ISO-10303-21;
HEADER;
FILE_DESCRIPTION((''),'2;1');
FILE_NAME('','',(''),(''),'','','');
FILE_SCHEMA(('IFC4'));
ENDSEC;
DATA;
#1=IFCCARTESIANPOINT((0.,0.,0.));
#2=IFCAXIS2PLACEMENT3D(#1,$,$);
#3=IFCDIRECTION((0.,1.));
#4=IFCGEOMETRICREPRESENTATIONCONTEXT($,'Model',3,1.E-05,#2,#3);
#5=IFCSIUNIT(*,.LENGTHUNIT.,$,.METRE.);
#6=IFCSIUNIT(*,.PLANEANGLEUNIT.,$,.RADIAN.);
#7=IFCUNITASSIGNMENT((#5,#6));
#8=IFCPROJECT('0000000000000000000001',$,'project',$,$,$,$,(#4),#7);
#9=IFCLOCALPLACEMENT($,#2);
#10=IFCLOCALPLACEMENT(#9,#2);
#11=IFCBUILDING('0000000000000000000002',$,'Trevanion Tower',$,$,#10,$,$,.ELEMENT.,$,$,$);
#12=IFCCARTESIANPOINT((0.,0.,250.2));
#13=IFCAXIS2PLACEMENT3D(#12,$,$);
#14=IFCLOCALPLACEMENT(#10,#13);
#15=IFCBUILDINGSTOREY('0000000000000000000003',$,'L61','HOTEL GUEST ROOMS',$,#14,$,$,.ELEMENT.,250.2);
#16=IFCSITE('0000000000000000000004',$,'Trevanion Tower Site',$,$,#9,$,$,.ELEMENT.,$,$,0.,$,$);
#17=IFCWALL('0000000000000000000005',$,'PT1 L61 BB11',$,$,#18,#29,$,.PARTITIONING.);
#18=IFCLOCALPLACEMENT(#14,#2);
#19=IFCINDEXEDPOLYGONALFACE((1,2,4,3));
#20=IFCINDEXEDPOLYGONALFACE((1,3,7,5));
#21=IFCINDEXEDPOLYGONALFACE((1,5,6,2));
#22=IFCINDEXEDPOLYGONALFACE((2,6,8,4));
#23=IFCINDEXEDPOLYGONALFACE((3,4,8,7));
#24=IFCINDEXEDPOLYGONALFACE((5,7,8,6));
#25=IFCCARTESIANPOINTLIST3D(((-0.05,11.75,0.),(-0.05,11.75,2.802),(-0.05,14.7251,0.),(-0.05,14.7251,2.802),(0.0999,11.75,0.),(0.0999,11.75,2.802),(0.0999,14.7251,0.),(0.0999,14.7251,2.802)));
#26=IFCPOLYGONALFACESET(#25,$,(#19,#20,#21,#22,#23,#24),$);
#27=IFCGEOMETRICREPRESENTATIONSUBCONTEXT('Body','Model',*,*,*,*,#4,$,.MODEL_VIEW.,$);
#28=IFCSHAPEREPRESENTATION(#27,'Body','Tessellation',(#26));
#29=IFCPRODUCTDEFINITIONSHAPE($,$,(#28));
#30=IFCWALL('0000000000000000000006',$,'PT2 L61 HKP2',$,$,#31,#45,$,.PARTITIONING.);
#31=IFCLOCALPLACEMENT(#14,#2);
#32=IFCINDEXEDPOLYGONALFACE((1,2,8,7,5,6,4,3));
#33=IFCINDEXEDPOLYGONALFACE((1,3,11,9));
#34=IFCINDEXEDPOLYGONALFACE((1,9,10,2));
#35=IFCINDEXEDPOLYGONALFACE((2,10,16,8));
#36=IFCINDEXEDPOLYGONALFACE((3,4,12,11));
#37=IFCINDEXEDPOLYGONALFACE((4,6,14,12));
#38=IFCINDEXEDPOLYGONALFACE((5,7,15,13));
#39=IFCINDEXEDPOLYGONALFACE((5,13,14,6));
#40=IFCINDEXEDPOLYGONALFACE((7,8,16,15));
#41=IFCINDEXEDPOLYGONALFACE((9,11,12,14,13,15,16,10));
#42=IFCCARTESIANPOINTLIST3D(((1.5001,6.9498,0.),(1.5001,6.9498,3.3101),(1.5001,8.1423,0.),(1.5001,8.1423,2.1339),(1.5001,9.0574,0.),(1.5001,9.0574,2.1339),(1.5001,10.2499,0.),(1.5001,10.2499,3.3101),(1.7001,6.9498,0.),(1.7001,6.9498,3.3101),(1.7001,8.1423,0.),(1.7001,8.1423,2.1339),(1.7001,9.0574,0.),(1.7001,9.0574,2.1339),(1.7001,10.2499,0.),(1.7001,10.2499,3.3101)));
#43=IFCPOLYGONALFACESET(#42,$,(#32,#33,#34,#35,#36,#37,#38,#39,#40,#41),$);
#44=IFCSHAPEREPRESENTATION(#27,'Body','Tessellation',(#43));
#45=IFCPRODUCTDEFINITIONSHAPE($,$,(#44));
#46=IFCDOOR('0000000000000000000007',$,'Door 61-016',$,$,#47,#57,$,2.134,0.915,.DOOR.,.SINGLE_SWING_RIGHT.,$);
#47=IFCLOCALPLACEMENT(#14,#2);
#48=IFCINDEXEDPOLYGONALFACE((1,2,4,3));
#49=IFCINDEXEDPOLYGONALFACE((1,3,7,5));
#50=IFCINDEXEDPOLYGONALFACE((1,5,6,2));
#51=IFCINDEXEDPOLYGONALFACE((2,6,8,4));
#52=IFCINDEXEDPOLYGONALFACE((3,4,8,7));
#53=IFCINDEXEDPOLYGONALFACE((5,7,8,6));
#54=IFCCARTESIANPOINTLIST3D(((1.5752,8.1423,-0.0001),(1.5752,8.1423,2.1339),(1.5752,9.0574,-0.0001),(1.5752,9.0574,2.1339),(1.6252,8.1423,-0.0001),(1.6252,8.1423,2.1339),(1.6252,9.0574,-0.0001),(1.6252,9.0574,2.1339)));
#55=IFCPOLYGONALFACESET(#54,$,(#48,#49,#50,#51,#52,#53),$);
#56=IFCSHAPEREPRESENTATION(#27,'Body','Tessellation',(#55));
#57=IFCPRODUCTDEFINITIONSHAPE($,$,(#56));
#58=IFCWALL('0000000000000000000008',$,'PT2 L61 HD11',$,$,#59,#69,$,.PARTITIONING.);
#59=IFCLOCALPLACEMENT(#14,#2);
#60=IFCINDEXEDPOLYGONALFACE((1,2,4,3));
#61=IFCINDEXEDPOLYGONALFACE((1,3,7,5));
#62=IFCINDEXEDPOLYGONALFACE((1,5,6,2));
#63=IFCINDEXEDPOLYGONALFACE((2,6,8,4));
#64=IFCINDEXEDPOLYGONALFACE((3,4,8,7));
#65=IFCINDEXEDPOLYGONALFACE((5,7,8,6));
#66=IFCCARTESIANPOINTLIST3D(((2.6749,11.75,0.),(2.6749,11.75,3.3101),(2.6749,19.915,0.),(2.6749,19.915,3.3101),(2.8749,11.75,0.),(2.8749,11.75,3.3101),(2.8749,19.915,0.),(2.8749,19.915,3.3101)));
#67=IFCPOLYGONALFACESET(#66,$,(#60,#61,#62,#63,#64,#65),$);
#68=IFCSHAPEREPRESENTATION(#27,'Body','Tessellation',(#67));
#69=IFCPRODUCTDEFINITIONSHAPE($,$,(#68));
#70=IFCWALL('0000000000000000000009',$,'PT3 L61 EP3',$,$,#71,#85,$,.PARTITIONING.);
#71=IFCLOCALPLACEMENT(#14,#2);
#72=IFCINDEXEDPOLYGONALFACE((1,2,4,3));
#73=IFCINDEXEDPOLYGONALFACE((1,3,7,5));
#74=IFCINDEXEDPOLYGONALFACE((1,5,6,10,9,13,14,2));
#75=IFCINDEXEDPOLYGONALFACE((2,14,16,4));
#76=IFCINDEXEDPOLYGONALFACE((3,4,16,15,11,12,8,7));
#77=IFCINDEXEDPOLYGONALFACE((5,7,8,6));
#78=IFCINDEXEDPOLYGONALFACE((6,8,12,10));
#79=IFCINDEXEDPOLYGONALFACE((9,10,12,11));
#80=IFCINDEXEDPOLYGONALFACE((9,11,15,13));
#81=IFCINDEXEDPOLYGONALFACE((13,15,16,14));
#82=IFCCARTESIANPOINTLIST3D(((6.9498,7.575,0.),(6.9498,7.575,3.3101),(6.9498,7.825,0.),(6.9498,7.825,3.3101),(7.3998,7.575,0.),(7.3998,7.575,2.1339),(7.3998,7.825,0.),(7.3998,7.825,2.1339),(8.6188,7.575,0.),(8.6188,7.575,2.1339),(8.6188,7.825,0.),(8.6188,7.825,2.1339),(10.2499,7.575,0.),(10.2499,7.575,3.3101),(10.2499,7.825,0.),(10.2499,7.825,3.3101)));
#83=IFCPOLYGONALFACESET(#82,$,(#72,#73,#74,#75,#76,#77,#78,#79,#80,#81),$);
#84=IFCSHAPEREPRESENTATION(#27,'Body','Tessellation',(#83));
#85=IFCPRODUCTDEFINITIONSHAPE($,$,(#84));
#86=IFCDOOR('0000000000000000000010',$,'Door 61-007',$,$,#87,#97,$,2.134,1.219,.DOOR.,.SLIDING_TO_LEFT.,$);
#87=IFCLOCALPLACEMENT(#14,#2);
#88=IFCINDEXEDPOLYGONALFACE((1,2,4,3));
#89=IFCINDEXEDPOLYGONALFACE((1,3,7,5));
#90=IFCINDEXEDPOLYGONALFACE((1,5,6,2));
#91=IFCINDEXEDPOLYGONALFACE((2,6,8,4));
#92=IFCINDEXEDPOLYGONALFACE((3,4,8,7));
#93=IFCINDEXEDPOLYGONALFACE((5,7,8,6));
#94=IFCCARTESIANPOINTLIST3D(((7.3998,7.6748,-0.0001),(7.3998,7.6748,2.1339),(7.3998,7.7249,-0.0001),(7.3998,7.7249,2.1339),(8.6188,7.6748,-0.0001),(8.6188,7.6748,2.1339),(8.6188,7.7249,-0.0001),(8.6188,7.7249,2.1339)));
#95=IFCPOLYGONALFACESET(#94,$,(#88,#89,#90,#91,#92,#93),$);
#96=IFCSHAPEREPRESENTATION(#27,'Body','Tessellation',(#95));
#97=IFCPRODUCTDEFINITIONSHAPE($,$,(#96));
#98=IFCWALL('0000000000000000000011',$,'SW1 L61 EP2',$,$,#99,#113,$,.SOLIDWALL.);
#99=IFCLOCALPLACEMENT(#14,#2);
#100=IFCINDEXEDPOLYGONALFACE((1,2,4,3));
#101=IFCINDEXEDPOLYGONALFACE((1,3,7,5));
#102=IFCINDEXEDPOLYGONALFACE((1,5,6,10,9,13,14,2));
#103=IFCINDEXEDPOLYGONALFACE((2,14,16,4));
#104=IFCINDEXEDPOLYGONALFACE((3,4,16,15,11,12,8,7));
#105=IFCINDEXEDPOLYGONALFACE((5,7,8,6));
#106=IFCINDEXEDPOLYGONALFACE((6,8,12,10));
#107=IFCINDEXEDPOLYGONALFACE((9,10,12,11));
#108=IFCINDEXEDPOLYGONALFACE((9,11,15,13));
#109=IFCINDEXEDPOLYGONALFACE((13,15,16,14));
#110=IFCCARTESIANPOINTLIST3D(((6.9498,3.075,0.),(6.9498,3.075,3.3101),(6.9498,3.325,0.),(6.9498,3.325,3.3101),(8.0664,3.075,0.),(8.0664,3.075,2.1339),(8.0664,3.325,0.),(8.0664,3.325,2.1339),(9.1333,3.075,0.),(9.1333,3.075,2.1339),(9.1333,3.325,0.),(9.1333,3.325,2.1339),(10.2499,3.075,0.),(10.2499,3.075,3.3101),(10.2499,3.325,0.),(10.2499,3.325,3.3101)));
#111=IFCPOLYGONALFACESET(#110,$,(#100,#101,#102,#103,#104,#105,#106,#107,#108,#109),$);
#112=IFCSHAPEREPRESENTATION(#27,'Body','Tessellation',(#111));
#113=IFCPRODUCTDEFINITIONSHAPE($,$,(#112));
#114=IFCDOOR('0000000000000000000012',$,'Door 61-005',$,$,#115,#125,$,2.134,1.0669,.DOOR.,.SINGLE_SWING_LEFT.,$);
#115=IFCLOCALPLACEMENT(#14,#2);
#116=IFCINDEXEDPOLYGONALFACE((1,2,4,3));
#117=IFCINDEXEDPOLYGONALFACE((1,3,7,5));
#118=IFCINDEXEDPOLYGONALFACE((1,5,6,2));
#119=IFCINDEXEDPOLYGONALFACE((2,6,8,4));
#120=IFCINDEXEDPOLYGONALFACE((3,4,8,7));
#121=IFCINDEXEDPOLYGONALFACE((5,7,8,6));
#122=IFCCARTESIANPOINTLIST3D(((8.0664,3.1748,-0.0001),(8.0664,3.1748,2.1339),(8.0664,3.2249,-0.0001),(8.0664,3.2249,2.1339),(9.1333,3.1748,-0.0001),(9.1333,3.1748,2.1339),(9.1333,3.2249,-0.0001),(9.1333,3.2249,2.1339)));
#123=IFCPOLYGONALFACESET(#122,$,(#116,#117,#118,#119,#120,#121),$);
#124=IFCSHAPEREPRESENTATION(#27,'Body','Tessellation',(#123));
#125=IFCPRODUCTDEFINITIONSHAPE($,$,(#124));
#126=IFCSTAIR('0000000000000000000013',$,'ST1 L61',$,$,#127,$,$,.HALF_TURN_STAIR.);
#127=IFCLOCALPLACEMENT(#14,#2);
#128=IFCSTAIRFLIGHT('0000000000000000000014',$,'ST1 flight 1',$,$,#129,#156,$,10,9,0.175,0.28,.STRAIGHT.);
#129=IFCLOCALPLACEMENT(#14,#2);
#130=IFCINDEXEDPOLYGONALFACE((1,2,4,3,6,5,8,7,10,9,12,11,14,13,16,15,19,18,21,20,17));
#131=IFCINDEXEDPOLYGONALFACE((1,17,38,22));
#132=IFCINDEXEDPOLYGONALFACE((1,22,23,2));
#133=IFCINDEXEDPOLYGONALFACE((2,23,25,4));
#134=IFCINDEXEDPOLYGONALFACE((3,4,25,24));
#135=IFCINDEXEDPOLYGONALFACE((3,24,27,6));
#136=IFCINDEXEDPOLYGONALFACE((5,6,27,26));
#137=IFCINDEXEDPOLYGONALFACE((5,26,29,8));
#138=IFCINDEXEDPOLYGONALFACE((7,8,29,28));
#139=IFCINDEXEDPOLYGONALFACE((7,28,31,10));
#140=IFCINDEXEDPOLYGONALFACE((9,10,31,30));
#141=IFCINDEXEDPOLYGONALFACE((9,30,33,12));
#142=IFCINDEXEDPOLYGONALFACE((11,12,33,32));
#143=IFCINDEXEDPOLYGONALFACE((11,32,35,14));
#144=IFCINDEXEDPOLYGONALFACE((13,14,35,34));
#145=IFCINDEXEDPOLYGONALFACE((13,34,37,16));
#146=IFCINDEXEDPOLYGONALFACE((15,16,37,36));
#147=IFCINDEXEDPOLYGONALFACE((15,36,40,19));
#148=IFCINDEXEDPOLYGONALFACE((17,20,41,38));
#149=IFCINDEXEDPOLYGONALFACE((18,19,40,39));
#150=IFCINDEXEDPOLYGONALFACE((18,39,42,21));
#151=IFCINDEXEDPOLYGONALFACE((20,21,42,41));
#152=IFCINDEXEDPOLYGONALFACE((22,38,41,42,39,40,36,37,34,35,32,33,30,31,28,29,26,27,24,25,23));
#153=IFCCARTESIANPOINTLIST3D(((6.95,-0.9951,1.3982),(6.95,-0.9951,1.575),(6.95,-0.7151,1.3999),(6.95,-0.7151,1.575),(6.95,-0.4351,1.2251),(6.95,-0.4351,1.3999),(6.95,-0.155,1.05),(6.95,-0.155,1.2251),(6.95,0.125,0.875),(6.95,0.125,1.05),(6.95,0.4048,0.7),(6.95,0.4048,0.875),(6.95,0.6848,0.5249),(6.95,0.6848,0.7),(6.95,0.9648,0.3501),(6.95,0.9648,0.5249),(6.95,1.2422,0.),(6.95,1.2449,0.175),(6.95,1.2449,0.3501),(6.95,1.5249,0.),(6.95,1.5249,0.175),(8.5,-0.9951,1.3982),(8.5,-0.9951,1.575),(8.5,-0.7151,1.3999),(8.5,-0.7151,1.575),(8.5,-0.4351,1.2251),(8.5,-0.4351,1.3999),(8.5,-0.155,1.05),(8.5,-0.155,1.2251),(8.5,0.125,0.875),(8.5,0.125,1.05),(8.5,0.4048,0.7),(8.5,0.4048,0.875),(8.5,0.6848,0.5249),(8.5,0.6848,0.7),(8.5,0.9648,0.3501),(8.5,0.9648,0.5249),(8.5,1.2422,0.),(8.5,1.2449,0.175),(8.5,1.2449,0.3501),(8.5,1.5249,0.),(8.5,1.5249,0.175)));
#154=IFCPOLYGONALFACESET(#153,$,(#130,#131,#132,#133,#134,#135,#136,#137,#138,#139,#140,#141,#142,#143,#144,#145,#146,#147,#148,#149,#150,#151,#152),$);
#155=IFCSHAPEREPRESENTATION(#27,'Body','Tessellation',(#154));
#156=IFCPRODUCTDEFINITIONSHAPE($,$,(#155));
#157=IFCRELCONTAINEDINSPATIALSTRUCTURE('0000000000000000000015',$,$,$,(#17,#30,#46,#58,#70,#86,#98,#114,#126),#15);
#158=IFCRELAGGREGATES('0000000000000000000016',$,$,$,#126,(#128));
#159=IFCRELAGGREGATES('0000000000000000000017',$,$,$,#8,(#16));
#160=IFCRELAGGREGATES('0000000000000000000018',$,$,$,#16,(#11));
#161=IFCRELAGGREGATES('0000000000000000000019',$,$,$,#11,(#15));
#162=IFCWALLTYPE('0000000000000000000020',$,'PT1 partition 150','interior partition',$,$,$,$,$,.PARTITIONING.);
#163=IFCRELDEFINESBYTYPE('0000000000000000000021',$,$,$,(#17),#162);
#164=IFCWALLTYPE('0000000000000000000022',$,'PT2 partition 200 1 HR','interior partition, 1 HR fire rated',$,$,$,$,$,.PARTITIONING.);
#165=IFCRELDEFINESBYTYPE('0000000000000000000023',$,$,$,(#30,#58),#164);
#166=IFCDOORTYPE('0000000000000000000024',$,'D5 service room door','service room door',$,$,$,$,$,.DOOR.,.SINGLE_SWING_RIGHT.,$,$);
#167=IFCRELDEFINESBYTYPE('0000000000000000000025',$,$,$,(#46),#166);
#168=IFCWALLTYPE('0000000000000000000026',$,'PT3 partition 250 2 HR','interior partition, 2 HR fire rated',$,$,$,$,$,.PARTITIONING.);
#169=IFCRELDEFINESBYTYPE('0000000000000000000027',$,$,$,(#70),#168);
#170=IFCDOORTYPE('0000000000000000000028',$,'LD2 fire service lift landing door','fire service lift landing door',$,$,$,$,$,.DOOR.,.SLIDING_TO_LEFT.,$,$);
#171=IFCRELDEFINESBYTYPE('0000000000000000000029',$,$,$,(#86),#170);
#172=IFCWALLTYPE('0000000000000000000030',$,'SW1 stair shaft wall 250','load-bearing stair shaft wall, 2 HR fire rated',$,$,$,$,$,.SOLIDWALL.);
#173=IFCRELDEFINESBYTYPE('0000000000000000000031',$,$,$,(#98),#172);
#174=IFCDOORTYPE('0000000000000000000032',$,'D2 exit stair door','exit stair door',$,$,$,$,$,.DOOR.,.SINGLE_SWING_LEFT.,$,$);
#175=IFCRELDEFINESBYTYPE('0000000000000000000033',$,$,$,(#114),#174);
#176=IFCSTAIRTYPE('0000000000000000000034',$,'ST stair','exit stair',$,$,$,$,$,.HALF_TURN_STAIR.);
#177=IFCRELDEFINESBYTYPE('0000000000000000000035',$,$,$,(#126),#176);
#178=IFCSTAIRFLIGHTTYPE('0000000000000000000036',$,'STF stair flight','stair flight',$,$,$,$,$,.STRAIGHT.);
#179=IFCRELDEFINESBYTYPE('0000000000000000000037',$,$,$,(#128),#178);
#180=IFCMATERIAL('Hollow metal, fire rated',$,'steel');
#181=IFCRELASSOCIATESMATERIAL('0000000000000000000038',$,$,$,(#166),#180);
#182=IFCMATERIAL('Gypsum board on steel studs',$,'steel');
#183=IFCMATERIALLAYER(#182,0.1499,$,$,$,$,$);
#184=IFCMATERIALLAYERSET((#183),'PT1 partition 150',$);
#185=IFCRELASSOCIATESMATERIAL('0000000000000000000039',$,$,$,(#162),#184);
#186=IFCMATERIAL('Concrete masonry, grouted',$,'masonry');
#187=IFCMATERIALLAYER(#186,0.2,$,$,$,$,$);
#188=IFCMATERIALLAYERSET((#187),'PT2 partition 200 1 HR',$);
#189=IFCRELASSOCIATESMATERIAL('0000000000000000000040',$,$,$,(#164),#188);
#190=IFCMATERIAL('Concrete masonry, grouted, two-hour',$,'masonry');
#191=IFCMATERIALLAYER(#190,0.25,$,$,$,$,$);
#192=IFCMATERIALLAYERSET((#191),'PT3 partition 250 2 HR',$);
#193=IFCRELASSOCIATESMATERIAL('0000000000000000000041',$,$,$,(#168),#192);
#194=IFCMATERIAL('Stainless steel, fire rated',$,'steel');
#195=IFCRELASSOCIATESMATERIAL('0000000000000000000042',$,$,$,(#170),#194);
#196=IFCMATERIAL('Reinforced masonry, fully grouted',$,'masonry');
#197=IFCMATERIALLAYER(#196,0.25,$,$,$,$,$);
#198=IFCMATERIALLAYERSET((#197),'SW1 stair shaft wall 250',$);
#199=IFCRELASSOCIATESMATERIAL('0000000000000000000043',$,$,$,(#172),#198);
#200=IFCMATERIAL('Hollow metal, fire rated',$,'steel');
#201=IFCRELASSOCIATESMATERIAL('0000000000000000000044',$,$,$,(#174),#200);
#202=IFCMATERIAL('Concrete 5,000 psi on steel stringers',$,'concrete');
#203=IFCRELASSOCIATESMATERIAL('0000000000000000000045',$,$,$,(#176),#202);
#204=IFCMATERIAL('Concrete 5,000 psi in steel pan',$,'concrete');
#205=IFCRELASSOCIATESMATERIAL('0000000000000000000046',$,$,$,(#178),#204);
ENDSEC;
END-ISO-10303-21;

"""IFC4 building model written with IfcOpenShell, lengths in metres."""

from ifc_helpers import new_model, si_unit, direction, frame, frame_2d, origin, place, context, subcontext, project, spatial, polyline, rectangle, outline, extrude, material, layer, layer_set, type_object, element, fill, aggregate, save


model = new_model("IFC4")

# Units and contexts
model_context = context("Model", 3, precision=1e-05, world=origin(), true_north=direction((0.0, 1.0)))
body_context = subcontext(model_context, "Body", "Model", "MODEL_VIEW")
ifc_project = project(units=[si_unit("LENGTHUNIT", "METRE"), si_unit("PLANEANGLEUNIT", "RADIAN")], contexts=[model_context])

# Site, building, storey
site_placement = place(None, origin())
site = spatial("IfcSite", under=ifc_project, at=site_placement, Name="Trevanion Tower Site", CompositionType="ELEMENT", RefElevation=0.0)
building_placement = place(site_placement, origin())
building = spatial("IfcBuilding", under=site, at=building_placement, Name="Trevanion Tower", CompositionType="ELEMENT")
storey_placement = place(building_placement, frame((0.0, 0.0, 250.2)))
storey = spatial("IfcBuildingStorey", under=building, at=storey_placement, Name="L61", Description="HOTEL GUEST ROOMS", CompositionType="ELEMENT", Elevation=250.2)

# Shared definitions
ifc_material_1 = material(Name="Hollow metal, fire rated", Category="steel")
door_type_1 = type_object("IfcDoorType", Name="D5 service room door", Description="service room door", OperationType="SINGLE_SWING_RIGHT", PredefinedType="DOOR", material=ifc_material_1)

# Wall
ifc_material_2 = material(Name="Gypsum board on steel studs", Category="steel")
ifc_layer_1 = layer(ifc_material_2, 0.1499)
ifc_layer_set_1 = layer_set([ifc_layer_1], Name="PT1 partition 150")
wall_type_1 = type_object("IfcWallType", Name="PT1 partition 150", Description="interior partition", PredefinedType="PARTITIONING", material=ifc_layer_set_1)
wall_1_placement = place(storey_placement, frame((0.0249, 11.75, 0.0), z_axis=(0.0, 0.0, 1.0), x_axis=(0.0, 1.0, 0.0)))
element("IfcWall", 1, at=wall_1_placement, inside=storey, type_object=wall_type_1, Name="PT1 L61 BB11", PredefinedType="PARTITIONING", context=body_context, shape_type="SweptSolid", body=[
    extrude(rectangle(XDim=2.9751, YDim=0.1499, at=frame_2d((1.4875, 0.0))), origin(), (0.0, 0.0, 1.0), 2.802),
])

# Wall, opening, door
ifc_material_3 = material(Name="Concrete masonry, grouted", Category="masonry")
ifc_layer_2 = layer(ifc_material_3, 0.2)
ifc_layer_set_2 = layer_set([ifc_layer_2], Name="PT2 partition 200 1 HR")
wall_type_2 = type_object("IfcWallType", Name="PT2 partition 200 1 HR", Description="interior partition, 1 HR fire rated", PredefinedType="PARTITIONING", material=ifc_layer_set_2)
wall_2_placement = place(storey_placement, frame((1.6001, 6.95, 0.0), z_axis=(0.0, 0.0, 1.0), x_axis=(0.0, 1.0, 0.0)))
wall_2 = element("IfcWall", 2, at=wall_2_placement, inside=storey, type_object=wall_type_2, Name="PT2 L61 HKP2", PredefinedType="PARTITIONING", context=body_context, shape_type="SweptSolid", body=[
    extrude(rectangle(XDim=3.3, YDim=0.2, at=frame_2d((1.6499, 0.0))), origin(), (0.0, 0.0, 1.0), 3.3101),
])
opening_1_placement = place(wall_2_placement, frame((1.1924, 0.0, 0.0)))
opening_1 = element("IfcOpeningElement", 3, at=opening_1_placement, cuts=wall_2, PredefinedType="OPENING", context=body_context, shape_type="SweptSolid", body=[
    extrude(rectangle(XDim=0.915, YDim=2.134, at=frame_2d((0.4575, 1.0669))), frame((0.0, 0.1099, 0.0), z_axis=(0.0, -1.0, 0.0), x_axis=(1.0, 0.0, 0.0)), (0.0, 0.0, 1.0), 0.22),
])
door_1_placement = place(opening_1_placement, origin())
door_1 = element("IfcDoor", 4, at=door_1_placement, inside=storey, type_object=door_type_1, Name="Door 61-016", OperationType="SINGLE_SWING_RIGHT", OverallHeight=2.134, OverallWidth=0.915, PredefinedType="DOOR", context=body_context, shape_type="SweptSolid", body=[
    extrude(rectangle(XDim=0.915, YDim=2.134, at=frame_2d((0.4575, 1.0669))), frame((0.0, 0.0249, 0.0), z_axis=(0.0, -1.0, 0.0), x_axis=(1.0, 0.0, 0.0)), (0.0, 0.0, 1.0), 0.05),
])
fill(opening_1, door_1)

# Wall
wall_3_placement = place(storey_placement, frame((2.7749, 11.75, 0.0), z_axis=(0.0, 0.0, 1.0), x_axis=(0.0, 1.0, 0.0)))
element("IfcWall", 5, at=wall_3_placement, inside=storey, type_object=wall_type_2, Name="PT2 L61 HD11", PredefinedType="PARTITIONING", context=body_context, shape_type="SweptSolid", body=[
    extrude(rectangle(XDim=8.165, YDim=0.2, at=frame_2d((4.0825, 0.0))), origin(), (0.0, 0.0, 1.0), 3.3101),
])

# Walls, openings, doors
ifc_material_4 = material(Name="Concrete masonry, grouted, two-hour", Category="masonry")
ifc_layer_3 = layer(ifc_material_4, 0.25)
ifc_layer_set_3 = layer_set([ifc_layer_3], Name="PT3 partition 250 2 HR")
wall_type_3 = type_object("IfcWallType", Name="PT3 partition 250 2 HR", Description="interior partition, 2 HR fire rated", PredefinedType="PARTITIONING", material=ifc_layer_set_3)
wall_4_placement = place(storey_placement, frame((6.95, 7.7, 0.0), z_axis=(0.0, 0.0, 1.0), x_axis=(1.0, 0.0, 0.0)))
wall_4 = element("IfcWall", 6, at=wall_4_placement, inside=storey, type_object=wall_type_3, Name="PT3 L61 EP3", PredefinedType="PARTITIONING", context=body_context, shape_type="SweptSolid", body=[
    extrude(rectangle(XDim=3.3, YDim=0.25, at=frame_2d((1.6499, 0.0))), origin(), (0.0, 0.0, 1.0), 3.3101),
])
opening_2_placement = place(wall_4_placement, frame((0.45, 0.0, 0.0)))
opening_2 = element("IfcOpeningElement", 7, at=opening_2_placement, cuts=wall_4, PredefinedType="OPENING", context=body_context, shape_type="SweptSolid", body=[
    extrude(rectangle(XDim=1.219, YDim=2.134, at=frame_2d((0.6094, 1.0669))), frame((0.0, 0.135, 0.0), z_axis=(0.0, -1.0, 0.0), x_axis=(1.0, 0.0, 0.0)), (0.0, 0.0, 1.0), 0.27),
])
ifc_material_5 = material(Name="Stainless steel, fire rated", Category="steel")
door_type_2 = type_object("IfcDoorType", Name="LD2 fire service lift landing door", Description="fire service lift landing door", OperationType="SLIDING_TO_LEFT", PredefinedType="DOOR", material=ifc_material_5)
door_2_placement = place(opening_2_placement, origin())
door_2 = element("IfcDoor", 8, at=door_2_placement, inside=storey, type_object=door_type_2, Name="Door 61-007", OperationType="SLIDING_TO_LEFT", OverallHeight=2.134, OverallWidth=1.219, PredefinedType="DOOR", context=body_context, shape_type="SweptSolid", body=[
    extrude(rectangle(XDim=1.219, YDim=2.134, at=frame_2d((0.6094, 1.0669))), frame((0.0, 0.0249, 0.0), z_axis=(0.0, -1.0, 0.0), x_axis=(1.0, 0.0, 0.0)), (0.0, 0.0, 1.0), 0.05),
])
fill(opening_2, door_2)
ifc_material_6 = material(Name="Reinforced masonry, fully grouted", Category="masonry")
ifc_layer_4 = layer(ifc_material_6, 0.25)
ifc_layer_set_4 = layer_set([ifc_layer_4], Name="SW1 stair shaft wall 250")
wall_type_4 = type_object("IfcWallType", Name="SW1 stair shaft wall 250", Description="load-bearing stair shaft wall, 2 HR fire rated", PredefinedType="SOLIDWALL", material=ifc_layer_set_4)
wall_5_placement = place(storey_placement, frame((6.95, 3.2, 0.0), z_axis=(0.0, 0.0, 1.0), x_axis=(1.0, 0.0, 0.0)))
wall_5 = element("IfcWall", 9, at=wall_5_placement, inside=storey, type_object=wall_type_4, Name="SW1 L61 EP2", PredefinedType="SOLIDWALL", context=body_context, shape_type="SweptSolid", body=[
    extrude(rectangle(XDim=3.3, YDim=0.25, at=frame_2d((1.6499, 0.0))), origin(), (0.0, 0.0, 1.0), 3.3101),
])
opening_3_placement = place(wall_5_placement, frame((1.1165, 0.0, 0.0)))
opening_3 = element("IfcOpeningElement", 10, at=opening_3_placement, cuts=wall_5, PredefinedType="OPENING", context=body_context, shape_type="SweptSolid", body=[
    extrude(rectangle(XDim=1.0669, YDim=2.134, at=frame_2d((0.5334, 1.0669))), frame((0.0, 0.135, 0.0), z_axis=(0.0, -1.0, 0.0), x_axis=(1.0, 0.0, 0.0)), (0.0, 0.0, 1.0), 0.27),
])
ifc_material_7 = material(Name="Hollow metal, fire rated", Category="steel")
door_type_3 = type_object("IfcDoorType", Name="D2 exit stair door", Description="exit stair door", OperationType="SINGLE_SWING_LEFT", PredefinedType="DOOR", material=ifc_material_7)
door_3_placement = place(opening_3_placement, origin())
door_3 = element("IfcDoor", 11, at=door_3_placement, inside=storey, type_object=door_type_3, Name="Door 61-005", OperationType="SINGLE_SWING_LEFT", OverallHeight=2.134, OverallWidth=1.0669, PredefinedType="DOOR", context=body_context, shape_type="SweptSolid", body=[
    extrude(rectangle(XDim=1.0669, YDim=2.134, at=frame_2d((0.5334, 1.0669))), frame((0.0, 0.0249, 0.0), z_axis=(0.0, -1.0, 0.0), x_axis=(1.0, 0.0, 0.0)), (0.0, 0.0, 1.0), 0.05),
])
fill(opening_3, door_3)

# Stair, stair flight
ifc_material_8 = material(Name="Concrete 5,000 psi on steel stringers", Category="concrete")
stair_type = type_object("IfcStairType", Name="ST stair", Description="exit stair", PredefinedType="HALF_TURN_STAIR", material=ifc_material_8)
stair_placement = place(storey_placement, origin())
stair = element("IfcStair", 12, at=stair_placement, inside=storey, type_object=stair_type, Name="ST1 L61", PredefinedType="HALF_TURN_STAIR")
ifc_material_9 = material(Name="Concrete 5,000 psi in steel pan", Category="concrete")
stair_flight_type = type_object("IfcStairFlightType", Name="STF stair flight", Description="stair flight", PredefinedType="STRAIGHT", material=ifc_material_9)
stair_flight_placement = place(storey_placement, frame((7.7251, 1.5249, 0.0), z_axis=(0.0, 0.0, 1.0), x_axis=(0.0, -1.0, 0.0)))
stair_flight = element("IfcStairFlight", 13, at=stair_flight_placement, type_object=stair_flight_type, Name="ST1 flight 1", NumberOfRisers=10, NumberOfTreads=9, PredefinedType="STRAIGHT", RiserHeight=0.175, TreadLength=0.28, context=body_context, shape_type="SweptSolid", body=[
    extrude(outline(polyline([(0.0, 0.0), (0.0, 0.175), (0.28, 0.175), (0.28, 0.3501), (0.5601, 0.3501), (0.5601, 0.5249), (0.8401, 0.5249), (0.8401, 0.7), (1.1201, 0.7), (1.1201, 0.875), (1.3999, 0.875), (1.3999, 1.05), (1.6799, 1.05), (1.6799, 1.2251), (1.96, 1.2251), (1.96, 1.3999), (2.24, 1.3999), (2.24, 1.575), (2.52, 1.575), (2.52, 1.75), (2.52, 1.3982), (0.2827, 0.0), (0.0, 0.0)])), frame((0.0, 0.7749, 0.0), z_axis=(0.0, -1.0, 0.0), x_axis=(1.0, 0.0, 0.0)), (0.0, 0.0, 1.0), 1.55),
])
aggregate(stair, [stair_flight])

save(model, "model.ifc")
